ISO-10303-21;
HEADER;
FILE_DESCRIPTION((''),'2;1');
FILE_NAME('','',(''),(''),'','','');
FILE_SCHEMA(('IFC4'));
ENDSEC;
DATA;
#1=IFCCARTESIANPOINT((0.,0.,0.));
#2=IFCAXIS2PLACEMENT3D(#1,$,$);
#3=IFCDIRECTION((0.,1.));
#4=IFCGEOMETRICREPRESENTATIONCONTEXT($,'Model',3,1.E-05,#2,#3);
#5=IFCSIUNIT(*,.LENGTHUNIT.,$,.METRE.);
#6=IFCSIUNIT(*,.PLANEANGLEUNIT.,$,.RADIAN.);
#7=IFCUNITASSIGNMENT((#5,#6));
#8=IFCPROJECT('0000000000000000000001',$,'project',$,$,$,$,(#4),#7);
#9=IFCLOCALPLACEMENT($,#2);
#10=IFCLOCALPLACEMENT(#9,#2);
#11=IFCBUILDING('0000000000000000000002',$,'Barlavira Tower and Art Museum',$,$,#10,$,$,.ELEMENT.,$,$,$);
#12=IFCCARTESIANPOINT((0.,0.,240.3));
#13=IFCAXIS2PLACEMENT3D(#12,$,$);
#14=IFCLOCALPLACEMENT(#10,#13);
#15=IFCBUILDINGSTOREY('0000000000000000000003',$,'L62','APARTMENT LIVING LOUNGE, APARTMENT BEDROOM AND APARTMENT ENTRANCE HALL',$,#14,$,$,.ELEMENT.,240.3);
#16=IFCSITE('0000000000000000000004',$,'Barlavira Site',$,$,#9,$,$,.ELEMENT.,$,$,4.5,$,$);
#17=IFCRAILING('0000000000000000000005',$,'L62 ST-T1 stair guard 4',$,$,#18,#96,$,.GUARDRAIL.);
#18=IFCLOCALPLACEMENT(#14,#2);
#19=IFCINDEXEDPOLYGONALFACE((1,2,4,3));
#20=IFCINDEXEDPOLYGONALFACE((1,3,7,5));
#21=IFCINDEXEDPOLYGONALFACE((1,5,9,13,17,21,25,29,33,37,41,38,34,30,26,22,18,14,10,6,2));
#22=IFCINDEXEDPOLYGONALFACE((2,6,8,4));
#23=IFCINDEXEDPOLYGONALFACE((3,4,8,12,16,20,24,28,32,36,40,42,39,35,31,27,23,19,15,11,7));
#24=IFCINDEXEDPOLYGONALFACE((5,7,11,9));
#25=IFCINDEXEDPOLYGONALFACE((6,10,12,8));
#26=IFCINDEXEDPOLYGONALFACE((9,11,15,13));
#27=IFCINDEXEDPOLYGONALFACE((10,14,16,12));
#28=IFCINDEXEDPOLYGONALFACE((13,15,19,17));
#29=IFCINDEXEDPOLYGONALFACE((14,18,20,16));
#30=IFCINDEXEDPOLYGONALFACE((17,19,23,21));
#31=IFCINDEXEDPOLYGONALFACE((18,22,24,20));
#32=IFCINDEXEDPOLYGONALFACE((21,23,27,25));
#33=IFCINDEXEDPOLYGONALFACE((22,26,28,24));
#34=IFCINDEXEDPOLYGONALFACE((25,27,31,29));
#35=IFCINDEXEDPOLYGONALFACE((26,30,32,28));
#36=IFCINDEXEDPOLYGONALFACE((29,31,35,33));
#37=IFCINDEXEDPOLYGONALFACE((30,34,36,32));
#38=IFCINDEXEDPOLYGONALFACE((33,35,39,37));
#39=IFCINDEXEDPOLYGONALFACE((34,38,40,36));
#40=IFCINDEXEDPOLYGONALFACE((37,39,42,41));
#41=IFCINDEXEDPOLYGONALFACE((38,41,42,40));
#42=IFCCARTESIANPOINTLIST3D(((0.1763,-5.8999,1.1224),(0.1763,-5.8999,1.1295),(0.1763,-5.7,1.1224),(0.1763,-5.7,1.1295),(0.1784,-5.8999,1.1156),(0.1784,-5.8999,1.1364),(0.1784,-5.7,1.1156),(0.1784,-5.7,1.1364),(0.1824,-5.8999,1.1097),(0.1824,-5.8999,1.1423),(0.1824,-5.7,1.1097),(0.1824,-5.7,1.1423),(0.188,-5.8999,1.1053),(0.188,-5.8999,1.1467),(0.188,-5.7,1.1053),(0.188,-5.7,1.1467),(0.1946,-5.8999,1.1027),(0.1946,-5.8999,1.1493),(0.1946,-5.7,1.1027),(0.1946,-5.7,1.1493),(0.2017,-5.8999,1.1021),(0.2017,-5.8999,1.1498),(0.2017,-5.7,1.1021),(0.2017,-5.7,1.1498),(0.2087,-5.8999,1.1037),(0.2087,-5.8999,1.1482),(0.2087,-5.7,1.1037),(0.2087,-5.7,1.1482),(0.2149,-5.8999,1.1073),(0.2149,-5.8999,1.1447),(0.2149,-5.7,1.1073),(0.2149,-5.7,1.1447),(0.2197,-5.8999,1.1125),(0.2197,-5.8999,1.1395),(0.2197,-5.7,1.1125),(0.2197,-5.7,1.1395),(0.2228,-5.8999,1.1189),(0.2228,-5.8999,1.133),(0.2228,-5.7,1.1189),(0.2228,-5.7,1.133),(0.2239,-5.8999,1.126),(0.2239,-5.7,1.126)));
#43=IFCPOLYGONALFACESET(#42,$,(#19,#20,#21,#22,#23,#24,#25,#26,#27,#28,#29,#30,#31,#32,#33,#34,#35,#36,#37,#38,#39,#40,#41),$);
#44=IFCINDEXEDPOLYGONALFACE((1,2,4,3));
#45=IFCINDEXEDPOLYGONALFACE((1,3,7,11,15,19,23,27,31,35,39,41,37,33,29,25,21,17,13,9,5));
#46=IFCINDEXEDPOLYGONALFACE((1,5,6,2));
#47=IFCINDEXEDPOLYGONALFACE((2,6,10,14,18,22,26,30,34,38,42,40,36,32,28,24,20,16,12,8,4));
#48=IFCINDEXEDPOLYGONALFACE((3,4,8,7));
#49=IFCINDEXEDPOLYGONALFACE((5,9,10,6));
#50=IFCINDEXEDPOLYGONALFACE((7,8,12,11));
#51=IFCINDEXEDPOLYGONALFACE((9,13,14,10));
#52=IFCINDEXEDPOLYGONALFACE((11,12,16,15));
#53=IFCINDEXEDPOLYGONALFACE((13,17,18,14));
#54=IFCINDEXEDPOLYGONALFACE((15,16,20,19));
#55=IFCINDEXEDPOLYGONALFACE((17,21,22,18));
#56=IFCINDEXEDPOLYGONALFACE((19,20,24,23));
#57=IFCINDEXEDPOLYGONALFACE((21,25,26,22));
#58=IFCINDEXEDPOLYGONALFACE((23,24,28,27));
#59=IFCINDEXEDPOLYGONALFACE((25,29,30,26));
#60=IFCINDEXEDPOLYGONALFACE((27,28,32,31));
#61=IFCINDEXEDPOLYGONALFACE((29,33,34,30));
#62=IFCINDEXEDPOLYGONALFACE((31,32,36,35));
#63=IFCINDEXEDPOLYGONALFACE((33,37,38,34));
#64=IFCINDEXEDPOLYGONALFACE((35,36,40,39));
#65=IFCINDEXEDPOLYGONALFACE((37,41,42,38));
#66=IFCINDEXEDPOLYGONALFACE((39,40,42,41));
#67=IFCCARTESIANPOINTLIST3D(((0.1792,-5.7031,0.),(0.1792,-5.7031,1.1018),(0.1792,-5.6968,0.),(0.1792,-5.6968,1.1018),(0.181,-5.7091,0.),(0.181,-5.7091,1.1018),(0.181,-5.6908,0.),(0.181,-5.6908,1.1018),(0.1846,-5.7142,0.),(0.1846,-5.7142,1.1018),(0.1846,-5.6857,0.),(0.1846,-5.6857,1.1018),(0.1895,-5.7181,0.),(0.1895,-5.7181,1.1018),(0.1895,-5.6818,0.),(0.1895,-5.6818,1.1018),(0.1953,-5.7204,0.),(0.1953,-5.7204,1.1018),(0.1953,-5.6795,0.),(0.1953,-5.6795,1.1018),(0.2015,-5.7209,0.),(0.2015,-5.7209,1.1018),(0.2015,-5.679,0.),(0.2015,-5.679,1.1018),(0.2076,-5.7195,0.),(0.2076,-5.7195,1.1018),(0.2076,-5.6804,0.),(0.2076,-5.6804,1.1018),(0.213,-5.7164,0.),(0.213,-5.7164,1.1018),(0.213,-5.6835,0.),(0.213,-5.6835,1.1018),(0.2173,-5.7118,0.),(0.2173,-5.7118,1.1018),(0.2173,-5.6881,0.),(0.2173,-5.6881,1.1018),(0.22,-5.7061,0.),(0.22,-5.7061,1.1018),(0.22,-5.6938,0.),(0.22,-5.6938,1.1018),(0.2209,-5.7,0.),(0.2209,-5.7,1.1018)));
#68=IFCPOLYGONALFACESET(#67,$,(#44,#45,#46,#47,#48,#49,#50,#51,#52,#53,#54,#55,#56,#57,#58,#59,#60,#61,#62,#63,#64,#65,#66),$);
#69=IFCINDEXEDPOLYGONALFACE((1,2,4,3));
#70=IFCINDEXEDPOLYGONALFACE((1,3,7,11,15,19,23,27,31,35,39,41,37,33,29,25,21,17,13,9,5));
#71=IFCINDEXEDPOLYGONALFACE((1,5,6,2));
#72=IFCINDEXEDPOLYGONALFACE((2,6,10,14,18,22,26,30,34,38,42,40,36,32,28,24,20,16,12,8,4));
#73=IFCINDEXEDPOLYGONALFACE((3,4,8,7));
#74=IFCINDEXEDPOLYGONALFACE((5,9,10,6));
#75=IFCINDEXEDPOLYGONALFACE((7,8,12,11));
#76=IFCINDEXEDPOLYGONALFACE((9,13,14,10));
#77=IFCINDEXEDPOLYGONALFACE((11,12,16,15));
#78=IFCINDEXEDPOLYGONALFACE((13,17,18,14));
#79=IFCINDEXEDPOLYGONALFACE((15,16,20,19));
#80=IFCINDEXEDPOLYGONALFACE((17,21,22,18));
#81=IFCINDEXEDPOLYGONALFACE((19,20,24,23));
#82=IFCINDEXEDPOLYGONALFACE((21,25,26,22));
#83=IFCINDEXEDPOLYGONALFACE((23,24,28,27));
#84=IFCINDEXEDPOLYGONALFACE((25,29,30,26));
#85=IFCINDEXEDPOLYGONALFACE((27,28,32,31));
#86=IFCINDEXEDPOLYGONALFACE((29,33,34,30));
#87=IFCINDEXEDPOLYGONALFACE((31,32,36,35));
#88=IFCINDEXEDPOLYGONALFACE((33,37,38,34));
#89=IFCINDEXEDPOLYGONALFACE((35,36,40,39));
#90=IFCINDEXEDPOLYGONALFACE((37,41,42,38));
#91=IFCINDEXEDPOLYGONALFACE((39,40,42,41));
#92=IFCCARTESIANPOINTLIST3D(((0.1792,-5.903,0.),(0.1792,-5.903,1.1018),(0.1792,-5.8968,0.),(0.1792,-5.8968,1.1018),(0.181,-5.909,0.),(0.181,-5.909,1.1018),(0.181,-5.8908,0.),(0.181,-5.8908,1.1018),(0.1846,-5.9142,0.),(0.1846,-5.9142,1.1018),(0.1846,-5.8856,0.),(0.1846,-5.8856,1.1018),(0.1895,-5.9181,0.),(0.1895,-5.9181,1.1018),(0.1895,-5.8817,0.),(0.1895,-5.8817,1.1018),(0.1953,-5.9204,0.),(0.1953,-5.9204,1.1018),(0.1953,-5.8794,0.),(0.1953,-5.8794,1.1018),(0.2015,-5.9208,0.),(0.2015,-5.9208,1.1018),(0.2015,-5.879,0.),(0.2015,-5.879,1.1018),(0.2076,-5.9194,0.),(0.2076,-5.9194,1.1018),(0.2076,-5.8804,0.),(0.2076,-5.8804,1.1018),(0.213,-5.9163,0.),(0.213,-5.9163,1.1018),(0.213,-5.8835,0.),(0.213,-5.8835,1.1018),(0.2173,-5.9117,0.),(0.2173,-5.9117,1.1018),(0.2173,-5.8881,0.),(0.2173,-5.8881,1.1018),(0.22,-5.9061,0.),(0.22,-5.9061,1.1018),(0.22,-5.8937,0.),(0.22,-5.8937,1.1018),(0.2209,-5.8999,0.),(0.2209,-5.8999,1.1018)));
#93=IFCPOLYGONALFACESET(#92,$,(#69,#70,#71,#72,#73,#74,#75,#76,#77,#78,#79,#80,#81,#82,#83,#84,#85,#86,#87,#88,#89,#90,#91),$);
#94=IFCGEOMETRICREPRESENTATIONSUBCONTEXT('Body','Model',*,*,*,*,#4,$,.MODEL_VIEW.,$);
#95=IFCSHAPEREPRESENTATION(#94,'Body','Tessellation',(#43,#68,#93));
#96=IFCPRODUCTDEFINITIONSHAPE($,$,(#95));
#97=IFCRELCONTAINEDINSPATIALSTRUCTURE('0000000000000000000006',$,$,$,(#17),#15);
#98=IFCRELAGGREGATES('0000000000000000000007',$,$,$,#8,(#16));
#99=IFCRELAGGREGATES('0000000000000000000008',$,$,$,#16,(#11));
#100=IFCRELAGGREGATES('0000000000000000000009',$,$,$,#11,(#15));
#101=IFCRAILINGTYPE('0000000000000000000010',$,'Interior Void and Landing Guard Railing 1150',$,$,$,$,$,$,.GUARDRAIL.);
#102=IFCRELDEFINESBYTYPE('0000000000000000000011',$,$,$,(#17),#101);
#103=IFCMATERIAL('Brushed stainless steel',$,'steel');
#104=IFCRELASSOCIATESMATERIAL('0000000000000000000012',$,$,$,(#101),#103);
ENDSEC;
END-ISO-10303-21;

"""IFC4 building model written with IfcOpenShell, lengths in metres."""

from ifc_helpers import new_model, si_unit, direction, frame, origin, origin_2d, place, context, subcontext, project, spatial, circle, extrude, material, type_object, element, save


model = new_model("IFC4")

# Units and contexts
model_context = context("Model", 3, precision=1e-05, world=origin(), true_north=direction((0.0, 1.0)))
body_context = subcontext(model_context, "Body", "Model", "MODEL_VIEW")
ifc_project = project(units=[si_unit("LENGTHUNIT", "METRE"), si_unit("PLANEANGLEUNIT", "RADIAN")], contexts=[model_context])

# Site, building, storey
site_placement = place(None, origin())
site = spatial("IfcSite", under=ifc_project, at=site_placement, Name="Barlavira Site", CompositionType="ELEMENT", RefElevation=4.5)
building_placement = place(site_placement, origin())
building = spatial("IfcBuilding", under=site, at=building_placement, Name="Barlavira Tower and Art Museum", CompositionType="ELEMENT")
storey_placement = place(building_placement, frame((0.0, 0.0, 240.3)))
storey = spatial("IfcBuildingStorey", under=building, at=storey_placement, Name="L62", Description="APARTMENT LIVING LOUNGE, APARTMENT BEDROOM AND APARTMENT ENTRANCE HALL", CompositionType="ELEMENT", Elevation=240.3)

# Shared definitions
ifc_material_1 = material(Name="Brushed stainless steel", Category="steel")

# Railing
railing_type_1 = type_object("IfcRailingType", Name="Interior Void and Landing Guard Railing 1150", PredefinedType="GUARDRAIL", material=ifc_material_1)
railing_1_placement = place(storey_placement, frame((0.2, -5.7, 0.0)))
element("IfcRailing", 1, at=railing_1_placement, inside=storey, type_object=railing_type_1, Name="L62 ST-T1 stair guard 4", PredefinedType="GUARDRAIL", context=body_context, shape_type="SweptSolid", body=[
    extrude(circle(Radius=0.0239, at=origin_2d()), frame((0.0, 0.0, 1.126), z_axis=(0.0, -1.0, 0.0), x_axis=(1.0, 0.0, 0.0)), (0.0, 0.0, 1.0), 0.2),
    extrude(circle(Radius=0.021, at=origin_2d()), origin(), (0.0, 0.0, 1.0), 1.1018),
    extrude(circle(Radius=0.021, at=origin_2d()), frame((0.0, -0.2, 0.0)), (0.0, 0.0, 1.0), 1.1018),
])

save(model, "model.ifc")
